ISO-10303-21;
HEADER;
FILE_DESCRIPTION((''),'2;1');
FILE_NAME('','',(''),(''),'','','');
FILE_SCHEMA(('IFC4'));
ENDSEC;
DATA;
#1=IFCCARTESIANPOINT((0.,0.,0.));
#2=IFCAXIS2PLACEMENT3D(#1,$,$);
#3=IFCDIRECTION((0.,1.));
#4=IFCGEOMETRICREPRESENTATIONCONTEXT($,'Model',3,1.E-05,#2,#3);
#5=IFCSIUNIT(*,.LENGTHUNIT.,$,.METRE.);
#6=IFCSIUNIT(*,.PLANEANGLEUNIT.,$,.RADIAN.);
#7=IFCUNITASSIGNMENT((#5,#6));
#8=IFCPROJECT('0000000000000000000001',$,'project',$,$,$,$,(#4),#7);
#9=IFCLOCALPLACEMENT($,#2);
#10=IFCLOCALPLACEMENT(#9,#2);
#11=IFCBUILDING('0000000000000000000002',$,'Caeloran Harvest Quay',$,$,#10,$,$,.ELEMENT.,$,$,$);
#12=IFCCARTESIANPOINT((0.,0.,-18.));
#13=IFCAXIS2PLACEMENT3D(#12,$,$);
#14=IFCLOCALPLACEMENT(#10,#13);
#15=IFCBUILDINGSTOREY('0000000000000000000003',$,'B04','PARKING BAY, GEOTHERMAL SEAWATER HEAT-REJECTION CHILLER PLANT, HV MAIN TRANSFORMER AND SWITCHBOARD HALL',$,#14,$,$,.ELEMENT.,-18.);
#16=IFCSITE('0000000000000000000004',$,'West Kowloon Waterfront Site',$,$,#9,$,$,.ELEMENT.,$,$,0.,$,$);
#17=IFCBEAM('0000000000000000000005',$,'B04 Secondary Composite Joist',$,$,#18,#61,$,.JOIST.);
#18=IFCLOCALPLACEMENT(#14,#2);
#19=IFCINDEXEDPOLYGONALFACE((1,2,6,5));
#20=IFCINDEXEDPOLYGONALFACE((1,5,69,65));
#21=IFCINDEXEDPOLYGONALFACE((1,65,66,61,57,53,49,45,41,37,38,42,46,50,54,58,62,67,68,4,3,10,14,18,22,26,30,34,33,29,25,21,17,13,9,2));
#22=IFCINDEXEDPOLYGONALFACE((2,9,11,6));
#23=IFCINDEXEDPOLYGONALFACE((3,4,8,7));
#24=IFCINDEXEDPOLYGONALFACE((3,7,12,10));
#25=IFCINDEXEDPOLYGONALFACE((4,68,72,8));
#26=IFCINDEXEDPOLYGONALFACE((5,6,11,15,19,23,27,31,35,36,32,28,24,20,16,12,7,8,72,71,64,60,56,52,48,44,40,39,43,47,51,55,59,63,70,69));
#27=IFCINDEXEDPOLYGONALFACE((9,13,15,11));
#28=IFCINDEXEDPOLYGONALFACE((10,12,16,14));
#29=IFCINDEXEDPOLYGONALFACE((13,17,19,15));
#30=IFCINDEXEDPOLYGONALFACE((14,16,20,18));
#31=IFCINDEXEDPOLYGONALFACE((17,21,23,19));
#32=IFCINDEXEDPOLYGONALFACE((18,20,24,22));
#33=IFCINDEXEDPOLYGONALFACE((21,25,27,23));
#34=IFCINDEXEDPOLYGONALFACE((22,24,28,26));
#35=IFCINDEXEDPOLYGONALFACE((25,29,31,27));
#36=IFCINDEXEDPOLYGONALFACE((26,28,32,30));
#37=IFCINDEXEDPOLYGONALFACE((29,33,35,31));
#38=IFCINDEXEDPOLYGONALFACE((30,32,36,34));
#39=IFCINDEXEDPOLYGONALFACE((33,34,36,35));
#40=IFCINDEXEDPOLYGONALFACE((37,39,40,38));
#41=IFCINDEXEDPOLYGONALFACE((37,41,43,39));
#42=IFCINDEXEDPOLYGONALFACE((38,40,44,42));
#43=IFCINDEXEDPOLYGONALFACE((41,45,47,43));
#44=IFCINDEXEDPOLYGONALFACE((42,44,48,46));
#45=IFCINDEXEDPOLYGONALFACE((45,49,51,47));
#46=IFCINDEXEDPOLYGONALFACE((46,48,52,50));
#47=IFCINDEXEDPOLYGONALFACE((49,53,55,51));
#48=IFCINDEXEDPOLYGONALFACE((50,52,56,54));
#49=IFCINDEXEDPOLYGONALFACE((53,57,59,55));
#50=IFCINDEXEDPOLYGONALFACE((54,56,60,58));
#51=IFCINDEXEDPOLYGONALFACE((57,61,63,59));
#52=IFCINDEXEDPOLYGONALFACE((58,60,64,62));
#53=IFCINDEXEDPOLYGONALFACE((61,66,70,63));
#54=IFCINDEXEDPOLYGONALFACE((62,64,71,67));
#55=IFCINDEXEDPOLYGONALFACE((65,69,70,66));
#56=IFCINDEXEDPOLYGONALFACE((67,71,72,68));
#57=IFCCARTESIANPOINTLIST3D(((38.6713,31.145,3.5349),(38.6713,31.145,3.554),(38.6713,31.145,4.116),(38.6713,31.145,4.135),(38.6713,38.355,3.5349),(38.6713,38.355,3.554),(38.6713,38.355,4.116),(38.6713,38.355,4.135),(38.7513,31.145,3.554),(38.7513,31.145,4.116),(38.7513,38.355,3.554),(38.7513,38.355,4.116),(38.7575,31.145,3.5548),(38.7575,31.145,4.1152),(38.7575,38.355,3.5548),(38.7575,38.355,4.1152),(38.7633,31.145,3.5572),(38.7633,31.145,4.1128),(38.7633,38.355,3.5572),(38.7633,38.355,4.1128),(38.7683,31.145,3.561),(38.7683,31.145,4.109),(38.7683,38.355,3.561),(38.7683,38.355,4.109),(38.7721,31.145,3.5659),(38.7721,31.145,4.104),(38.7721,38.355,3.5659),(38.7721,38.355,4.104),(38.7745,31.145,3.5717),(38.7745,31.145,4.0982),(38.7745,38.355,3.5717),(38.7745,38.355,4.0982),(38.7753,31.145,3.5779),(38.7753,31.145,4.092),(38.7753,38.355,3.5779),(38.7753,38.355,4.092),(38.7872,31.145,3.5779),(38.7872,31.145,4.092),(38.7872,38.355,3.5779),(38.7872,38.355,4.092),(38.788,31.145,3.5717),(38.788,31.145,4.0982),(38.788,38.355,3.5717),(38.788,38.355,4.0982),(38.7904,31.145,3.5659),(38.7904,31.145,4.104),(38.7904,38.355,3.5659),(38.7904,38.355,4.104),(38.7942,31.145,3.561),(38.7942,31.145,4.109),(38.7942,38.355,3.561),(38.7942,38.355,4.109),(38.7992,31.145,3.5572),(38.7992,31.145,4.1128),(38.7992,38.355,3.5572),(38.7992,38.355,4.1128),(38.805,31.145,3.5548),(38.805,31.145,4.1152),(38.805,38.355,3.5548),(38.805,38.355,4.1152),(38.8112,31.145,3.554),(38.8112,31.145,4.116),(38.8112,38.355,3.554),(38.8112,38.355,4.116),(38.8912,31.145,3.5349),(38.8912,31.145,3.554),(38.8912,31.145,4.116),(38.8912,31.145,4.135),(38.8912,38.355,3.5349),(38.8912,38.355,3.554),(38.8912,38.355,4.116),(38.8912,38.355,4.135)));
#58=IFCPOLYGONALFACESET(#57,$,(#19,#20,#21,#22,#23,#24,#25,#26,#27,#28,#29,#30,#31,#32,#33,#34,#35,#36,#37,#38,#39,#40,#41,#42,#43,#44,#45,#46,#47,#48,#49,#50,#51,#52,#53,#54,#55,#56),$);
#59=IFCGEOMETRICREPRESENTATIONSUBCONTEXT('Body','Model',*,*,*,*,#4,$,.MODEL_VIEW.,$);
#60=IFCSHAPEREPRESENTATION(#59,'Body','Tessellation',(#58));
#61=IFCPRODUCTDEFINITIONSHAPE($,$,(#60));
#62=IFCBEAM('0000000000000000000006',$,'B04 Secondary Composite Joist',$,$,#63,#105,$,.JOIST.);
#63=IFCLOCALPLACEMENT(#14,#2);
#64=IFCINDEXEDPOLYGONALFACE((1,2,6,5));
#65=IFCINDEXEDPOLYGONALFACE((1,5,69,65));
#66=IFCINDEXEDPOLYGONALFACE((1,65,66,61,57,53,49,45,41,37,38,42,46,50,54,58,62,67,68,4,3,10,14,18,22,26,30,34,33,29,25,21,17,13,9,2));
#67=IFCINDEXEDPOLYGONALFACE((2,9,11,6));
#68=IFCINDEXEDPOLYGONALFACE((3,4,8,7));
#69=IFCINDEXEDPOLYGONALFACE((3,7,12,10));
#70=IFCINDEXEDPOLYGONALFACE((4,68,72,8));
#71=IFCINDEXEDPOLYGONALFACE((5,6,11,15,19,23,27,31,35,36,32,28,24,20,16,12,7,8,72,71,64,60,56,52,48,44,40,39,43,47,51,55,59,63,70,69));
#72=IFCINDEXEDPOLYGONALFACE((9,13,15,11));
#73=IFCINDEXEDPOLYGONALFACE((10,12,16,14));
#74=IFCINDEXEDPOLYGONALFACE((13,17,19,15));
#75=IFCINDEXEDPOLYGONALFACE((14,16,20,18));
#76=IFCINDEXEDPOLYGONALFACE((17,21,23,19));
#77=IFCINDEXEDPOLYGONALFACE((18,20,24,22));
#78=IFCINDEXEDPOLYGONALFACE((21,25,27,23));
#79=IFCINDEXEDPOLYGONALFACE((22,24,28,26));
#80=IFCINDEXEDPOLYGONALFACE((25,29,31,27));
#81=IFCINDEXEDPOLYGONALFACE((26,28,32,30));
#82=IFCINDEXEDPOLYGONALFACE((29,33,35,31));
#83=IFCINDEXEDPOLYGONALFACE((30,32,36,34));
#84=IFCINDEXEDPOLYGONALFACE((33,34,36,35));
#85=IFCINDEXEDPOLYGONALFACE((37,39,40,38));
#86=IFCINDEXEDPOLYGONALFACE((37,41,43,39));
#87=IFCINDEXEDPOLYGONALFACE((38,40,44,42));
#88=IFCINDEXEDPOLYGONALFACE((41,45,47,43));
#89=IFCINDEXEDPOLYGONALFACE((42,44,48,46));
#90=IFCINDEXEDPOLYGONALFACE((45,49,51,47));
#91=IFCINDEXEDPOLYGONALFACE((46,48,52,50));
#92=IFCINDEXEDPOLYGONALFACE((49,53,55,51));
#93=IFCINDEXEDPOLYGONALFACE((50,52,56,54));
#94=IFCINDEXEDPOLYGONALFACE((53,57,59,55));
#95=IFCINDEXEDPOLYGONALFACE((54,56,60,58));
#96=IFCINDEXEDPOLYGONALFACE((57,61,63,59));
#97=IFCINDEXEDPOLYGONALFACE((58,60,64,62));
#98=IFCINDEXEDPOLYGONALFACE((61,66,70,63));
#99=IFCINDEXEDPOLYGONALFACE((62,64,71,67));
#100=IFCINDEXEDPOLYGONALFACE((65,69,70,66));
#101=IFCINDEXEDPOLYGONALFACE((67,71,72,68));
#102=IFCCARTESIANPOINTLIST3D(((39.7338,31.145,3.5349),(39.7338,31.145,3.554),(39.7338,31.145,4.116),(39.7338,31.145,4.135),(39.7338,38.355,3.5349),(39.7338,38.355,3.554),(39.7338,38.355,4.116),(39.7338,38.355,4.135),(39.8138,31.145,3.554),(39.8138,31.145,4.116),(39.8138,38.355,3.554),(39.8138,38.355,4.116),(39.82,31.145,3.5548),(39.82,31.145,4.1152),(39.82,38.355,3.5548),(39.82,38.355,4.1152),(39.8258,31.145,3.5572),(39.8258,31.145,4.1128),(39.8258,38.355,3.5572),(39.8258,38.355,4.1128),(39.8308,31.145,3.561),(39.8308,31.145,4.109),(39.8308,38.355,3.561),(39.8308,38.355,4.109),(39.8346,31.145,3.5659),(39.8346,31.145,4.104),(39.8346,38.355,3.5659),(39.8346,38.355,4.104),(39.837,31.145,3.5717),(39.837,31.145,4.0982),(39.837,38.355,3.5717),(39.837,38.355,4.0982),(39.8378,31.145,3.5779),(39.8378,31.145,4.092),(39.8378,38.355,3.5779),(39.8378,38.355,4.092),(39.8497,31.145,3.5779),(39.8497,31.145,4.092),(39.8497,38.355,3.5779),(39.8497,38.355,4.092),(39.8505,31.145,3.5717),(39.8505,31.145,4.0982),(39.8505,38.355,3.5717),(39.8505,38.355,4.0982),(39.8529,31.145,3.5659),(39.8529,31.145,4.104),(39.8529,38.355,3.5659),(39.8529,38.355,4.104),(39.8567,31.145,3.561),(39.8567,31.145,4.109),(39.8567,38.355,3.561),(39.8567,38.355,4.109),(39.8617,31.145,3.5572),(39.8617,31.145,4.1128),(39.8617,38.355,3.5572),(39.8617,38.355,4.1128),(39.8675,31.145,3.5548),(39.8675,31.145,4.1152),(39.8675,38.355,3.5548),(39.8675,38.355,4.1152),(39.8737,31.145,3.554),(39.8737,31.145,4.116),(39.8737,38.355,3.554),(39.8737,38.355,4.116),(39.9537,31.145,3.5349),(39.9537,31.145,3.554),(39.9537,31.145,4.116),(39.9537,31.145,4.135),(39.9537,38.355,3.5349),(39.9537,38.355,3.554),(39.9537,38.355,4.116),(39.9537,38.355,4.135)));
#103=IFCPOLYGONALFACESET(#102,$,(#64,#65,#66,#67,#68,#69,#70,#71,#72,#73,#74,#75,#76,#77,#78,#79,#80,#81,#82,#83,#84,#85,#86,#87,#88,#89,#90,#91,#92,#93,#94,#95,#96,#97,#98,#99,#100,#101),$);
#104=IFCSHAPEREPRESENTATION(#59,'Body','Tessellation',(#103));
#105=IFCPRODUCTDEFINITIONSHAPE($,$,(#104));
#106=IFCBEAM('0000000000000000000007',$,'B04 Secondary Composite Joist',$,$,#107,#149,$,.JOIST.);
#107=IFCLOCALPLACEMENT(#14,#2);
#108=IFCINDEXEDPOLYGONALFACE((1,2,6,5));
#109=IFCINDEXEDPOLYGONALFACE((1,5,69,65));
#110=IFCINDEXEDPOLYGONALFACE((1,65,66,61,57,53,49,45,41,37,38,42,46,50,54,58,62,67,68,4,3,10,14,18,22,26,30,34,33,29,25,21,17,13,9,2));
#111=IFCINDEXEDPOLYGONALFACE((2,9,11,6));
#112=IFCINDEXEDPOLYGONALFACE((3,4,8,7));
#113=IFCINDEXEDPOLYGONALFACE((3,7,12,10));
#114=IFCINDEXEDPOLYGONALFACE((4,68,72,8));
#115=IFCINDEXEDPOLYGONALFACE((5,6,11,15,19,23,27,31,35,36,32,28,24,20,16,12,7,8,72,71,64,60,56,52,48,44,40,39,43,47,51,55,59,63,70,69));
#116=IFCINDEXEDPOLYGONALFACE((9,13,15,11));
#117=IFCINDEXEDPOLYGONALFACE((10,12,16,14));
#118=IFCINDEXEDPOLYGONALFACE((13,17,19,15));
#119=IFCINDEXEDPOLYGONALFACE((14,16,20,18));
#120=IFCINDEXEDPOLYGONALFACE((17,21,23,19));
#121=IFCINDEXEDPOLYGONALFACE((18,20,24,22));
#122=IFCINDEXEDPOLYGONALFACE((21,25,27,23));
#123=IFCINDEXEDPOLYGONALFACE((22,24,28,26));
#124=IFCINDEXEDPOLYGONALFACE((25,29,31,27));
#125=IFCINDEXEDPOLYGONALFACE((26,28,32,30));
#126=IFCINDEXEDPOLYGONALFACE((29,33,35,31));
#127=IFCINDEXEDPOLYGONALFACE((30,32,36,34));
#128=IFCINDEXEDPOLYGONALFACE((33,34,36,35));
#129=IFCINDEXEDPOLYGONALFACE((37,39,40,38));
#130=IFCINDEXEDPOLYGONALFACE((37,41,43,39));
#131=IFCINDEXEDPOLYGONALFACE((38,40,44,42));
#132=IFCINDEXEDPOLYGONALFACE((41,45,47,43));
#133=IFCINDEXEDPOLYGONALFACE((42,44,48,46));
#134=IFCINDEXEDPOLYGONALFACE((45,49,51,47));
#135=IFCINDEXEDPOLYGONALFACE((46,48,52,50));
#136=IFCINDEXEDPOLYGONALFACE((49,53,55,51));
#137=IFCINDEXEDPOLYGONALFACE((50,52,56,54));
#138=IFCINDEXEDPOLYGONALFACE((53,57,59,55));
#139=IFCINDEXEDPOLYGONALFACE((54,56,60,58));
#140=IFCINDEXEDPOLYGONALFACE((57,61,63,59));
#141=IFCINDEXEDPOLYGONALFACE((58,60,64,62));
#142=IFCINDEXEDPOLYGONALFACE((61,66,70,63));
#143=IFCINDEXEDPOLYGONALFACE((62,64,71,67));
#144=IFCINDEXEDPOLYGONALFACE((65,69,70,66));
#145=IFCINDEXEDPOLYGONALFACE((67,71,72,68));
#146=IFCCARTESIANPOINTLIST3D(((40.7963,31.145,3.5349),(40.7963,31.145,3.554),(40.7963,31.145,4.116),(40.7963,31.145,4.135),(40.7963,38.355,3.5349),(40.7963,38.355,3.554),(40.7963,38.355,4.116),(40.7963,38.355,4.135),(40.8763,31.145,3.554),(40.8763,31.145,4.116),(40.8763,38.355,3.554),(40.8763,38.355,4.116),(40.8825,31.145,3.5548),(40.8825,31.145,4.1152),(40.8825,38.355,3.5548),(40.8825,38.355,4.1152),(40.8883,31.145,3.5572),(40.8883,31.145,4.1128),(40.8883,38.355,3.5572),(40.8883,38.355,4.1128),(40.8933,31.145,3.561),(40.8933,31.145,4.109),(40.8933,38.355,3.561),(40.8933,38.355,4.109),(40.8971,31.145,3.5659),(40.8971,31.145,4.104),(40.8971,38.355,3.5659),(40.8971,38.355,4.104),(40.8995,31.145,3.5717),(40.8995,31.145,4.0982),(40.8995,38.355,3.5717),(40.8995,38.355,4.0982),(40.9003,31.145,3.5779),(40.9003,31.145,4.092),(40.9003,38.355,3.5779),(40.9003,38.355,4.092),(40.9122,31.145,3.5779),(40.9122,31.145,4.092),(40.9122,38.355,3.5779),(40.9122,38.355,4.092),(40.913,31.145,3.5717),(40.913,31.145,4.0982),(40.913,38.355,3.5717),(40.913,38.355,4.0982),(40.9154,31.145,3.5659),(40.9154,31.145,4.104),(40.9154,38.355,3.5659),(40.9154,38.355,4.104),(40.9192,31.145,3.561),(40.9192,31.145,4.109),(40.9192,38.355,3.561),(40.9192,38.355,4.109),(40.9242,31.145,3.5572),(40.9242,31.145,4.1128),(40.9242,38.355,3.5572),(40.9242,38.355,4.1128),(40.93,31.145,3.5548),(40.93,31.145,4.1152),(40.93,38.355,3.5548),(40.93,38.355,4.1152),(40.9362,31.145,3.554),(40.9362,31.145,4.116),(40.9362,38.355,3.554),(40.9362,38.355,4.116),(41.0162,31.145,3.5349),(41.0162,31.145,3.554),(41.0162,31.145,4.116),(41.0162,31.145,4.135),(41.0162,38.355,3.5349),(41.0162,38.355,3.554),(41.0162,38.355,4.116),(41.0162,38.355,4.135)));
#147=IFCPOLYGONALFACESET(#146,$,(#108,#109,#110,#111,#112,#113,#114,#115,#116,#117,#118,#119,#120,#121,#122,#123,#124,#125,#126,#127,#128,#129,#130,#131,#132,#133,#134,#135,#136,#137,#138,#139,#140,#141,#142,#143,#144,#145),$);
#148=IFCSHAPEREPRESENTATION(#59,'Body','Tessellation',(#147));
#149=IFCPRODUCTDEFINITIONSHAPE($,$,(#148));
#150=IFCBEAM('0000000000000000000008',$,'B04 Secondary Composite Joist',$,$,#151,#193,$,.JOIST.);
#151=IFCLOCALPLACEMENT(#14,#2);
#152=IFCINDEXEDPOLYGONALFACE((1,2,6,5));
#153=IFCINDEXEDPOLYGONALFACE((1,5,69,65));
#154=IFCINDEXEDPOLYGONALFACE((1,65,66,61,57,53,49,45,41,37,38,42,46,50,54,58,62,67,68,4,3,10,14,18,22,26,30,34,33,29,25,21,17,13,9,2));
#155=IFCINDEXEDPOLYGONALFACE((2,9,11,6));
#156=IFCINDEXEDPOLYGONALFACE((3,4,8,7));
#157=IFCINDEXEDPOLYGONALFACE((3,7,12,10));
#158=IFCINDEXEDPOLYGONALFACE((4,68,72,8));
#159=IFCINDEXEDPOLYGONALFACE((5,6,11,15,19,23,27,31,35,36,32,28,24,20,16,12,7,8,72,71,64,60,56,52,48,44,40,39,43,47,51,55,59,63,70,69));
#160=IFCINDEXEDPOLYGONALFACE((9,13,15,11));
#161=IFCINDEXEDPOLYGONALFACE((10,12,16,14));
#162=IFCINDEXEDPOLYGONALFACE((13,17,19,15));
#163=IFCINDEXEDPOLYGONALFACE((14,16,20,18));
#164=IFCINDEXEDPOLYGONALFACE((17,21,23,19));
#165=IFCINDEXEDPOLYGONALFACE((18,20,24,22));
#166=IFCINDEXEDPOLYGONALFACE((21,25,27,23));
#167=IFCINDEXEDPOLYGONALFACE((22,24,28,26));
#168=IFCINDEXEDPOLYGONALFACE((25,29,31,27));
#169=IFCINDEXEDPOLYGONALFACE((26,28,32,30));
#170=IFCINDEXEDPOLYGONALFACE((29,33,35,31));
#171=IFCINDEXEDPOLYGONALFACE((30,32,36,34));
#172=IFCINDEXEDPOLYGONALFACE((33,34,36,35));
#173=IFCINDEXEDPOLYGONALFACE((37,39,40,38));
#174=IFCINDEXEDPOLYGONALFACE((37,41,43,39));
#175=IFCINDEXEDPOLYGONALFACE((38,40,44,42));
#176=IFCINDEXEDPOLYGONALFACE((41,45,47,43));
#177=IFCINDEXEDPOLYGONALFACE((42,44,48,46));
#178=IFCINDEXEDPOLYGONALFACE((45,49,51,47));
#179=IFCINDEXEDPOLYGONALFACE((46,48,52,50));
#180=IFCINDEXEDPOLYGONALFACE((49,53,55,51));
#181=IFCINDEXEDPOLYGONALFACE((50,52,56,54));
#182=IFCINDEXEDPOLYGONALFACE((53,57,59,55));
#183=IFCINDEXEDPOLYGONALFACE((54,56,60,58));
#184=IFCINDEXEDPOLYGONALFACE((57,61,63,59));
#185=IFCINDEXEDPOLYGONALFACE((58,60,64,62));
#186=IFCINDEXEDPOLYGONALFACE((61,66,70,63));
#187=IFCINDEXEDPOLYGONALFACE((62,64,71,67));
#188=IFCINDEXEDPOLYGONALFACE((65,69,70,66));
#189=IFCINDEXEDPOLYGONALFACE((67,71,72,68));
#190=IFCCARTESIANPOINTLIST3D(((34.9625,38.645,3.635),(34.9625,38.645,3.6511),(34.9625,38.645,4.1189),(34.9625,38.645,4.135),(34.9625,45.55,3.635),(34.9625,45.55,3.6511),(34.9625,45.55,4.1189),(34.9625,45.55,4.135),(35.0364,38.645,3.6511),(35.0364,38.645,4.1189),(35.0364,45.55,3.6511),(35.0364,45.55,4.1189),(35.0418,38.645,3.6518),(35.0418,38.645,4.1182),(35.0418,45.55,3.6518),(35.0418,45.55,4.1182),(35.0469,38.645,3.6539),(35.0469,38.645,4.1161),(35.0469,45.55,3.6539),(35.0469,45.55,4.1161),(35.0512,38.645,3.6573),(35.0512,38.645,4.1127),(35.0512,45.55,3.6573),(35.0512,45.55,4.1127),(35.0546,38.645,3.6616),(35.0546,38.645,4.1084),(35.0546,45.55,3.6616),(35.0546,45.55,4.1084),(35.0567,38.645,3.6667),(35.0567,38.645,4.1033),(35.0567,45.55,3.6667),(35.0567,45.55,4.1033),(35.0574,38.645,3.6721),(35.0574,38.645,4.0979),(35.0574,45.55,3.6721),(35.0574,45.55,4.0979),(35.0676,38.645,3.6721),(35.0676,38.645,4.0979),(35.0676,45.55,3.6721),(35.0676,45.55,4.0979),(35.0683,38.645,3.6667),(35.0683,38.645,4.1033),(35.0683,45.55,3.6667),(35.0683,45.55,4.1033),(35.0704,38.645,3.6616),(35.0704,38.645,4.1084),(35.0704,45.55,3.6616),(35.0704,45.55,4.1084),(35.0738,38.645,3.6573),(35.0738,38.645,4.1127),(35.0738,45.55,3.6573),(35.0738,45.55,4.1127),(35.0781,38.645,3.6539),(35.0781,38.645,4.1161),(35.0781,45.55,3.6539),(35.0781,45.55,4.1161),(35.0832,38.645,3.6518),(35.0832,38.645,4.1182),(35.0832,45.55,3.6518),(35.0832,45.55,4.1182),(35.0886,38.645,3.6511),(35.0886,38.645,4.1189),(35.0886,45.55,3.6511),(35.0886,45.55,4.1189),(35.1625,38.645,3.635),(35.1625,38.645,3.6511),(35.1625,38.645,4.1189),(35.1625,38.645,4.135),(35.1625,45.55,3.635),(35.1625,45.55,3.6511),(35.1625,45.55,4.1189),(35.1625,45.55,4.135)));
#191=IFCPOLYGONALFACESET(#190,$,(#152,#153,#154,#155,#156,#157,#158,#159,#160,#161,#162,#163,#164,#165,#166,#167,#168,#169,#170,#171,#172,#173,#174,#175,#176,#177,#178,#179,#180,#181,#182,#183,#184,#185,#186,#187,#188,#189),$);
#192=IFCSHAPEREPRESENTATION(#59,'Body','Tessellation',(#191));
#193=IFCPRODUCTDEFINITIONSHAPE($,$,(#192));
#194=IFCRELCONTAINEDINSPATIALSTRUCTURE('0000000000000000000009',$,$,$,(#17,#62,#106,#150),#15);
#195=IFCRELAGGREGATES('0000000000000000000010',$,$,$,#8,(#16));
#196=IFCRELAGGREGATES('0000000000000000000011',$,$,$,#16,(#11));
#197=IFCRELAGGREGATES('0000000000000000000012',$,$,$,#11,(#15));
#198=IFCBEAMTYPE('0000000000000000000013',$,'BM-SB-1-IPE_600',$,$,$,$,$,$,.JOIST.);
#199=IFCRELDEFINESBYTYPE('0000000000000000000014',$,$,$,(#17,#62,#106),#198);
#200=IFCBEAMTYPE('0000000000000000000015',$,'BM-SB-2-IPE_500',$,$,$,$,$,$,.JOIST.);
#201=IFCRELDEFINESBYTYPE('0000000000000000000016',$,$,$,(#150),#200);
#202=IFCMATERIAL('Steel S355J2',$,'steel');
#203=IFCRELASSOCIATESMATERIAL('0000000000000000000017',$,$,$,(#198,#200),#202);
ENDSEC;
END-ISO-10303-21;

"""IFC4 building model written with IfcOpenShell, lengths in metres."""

from ifc_helpers import new_model, si_unit, direction, frame, origin, origin_2d, place, context, subcontext, project, spatial, i_section, extrude, material, material_profile, profile_set, type_object, element, save


model = new_model("IFC4")

# Units and contexts
model_context = context("Model", 3, precision=1e-05, world=origin(), true_north=direction((0.0, 1.0)))
body_context = subcontext(model_context, "Body", "Model", "MODEL_VIEW")
ifc_project = project(units=[si_unit("LENGTHUNIT", "METRE"), si_unit("PLANEANGLEUNIT", "RADIAN")], contexts=[model_context])

# Site, building, storey
site_placement = place(None, origin())
site = spatial("IfcSite", under=ifc_project, at=site_placement, Name="West Kowloon Waterfront Site", CompositionType="ELEMENT", RefElevation=0.0)
building_placement = place(site_placement, origin())
building = spatial("IfcBuilding", under=site, at=building_placement, Name="Caeloran Harvest Quay", CompositionType="ELEMENT")
storey_placement = place(building_placement, frame((0.0, 0.0, -18.0)))
storey = spatial("IfcBuildingStorey", under=building, at=storey_placement, Name="B04", Description="PARKING BAY, GEOTHERMAL SEAWATER HEAT-REJECTION CHILLER PLANT, HV MAIN TRANSFORMER AND SWITCHBOARD HALL", CompositionType="ELEMENT", Elevation=-18.0)

# Beams
ifc_material_1 = material(Name="Steel S355J2", Category="steel")
ifc_material_profile_1 = material_profile(ifc_material_1, i_section(OverallWidth=0.22, OverallDepth=0.6001, WebThickness=0.012, FlangeThickness=0.019, FilletRadius=0.0239, at=origin_2d()), Name="IPE 600")
ifc_profile_set_1 = profile_set([ifc_material_profile_1], Name="Steel S355J2")
beam_type_1 = type_object("IfcBeamType", Name="BM-SB-1-IPE_600", PredefinedType="JOIST", material=ifc_profile_set_1)
for number, where, z_axis, x_axis, name in (
    (1, (38.7812, 31.145, 3.835), (0.0, 1.0, 0.0), (-1.0, 0.0, 0.0), "B04 Secondary Composite Joist"),
    (2, (39.8438, 31.145, 3.835), (0.0, 1.0, 0.0), (-1.0, 0.0, 0.0), "B04 Secondary Composite Joist"),
    (3, (40.9062, 31.145, 3.835), (0.0, 1.0, 0.0), (-1.0, 0.0, 0.0), "B04 Secondary Composite Joist"),
):
    element("IfcBeam", number, at=place(storey_placement, frame(where, z_axis=z_axis, x_axis=x_axis)), inside=storey, type_object=beam_type_1, Name=name, PredefinedType="JOIST", context=body_context, shape_type="SweptSolid", body=[
        extrude(i_section(OverallWidth=0.22, OverallDepth=0.6001, WebThickness=0.012, FlangeThickness=0.019, FilletRadius=0.0239, at=origin_2d()), origin(), (0.0, 0.0, 1.0), 7.21),
    ])
ifc_material_profile_2 = material_profile(ifc_material_1, i_section(OverallWidth=0.2, OverallDepth=0.5, WebThickness=0.0103, FlangeThickness=0.0161, FilletRadius=0.021, at=origin_2d()), Name="IPE 500")
ifc_profile_set_2 = profile_set([ifc_material_profile_2], Name="Steel S355J2")
beam_type_2 = type_object("IfcBeamType", Name="BM-SB-2-IPE_500", PredefinedType="JOIST", material=ifc_profile_set_2)
for number, where, z_axis, x_axis, name in (
    (4, (35.0625, 38.645, 3.885), (0.0, 1.0, 0.0), (-1.0, 0.0, 0.0), "B04 Secondary Composite Joist"),
):
    element("IfcBeam", number, at=place(storey_placement, frame(where, z_axis=z_axis, x_axis=x_axis)), inside=storey, type_object=beam_type_2, Name=name, PredefinedType="JOIST", context=body_context, shape_type="SweptSolid", body=[
        extrude(i_section(OverallWidth=0.2, OverallDepth=0.5, WebThickness=0.0103, FlangeThickness=0.0161, FilletRadius=0.021, at=origin_2d()), origin(), (0.0, 0.0, 1.0), 6.905),
    ])

save(model, "model.ifc")
